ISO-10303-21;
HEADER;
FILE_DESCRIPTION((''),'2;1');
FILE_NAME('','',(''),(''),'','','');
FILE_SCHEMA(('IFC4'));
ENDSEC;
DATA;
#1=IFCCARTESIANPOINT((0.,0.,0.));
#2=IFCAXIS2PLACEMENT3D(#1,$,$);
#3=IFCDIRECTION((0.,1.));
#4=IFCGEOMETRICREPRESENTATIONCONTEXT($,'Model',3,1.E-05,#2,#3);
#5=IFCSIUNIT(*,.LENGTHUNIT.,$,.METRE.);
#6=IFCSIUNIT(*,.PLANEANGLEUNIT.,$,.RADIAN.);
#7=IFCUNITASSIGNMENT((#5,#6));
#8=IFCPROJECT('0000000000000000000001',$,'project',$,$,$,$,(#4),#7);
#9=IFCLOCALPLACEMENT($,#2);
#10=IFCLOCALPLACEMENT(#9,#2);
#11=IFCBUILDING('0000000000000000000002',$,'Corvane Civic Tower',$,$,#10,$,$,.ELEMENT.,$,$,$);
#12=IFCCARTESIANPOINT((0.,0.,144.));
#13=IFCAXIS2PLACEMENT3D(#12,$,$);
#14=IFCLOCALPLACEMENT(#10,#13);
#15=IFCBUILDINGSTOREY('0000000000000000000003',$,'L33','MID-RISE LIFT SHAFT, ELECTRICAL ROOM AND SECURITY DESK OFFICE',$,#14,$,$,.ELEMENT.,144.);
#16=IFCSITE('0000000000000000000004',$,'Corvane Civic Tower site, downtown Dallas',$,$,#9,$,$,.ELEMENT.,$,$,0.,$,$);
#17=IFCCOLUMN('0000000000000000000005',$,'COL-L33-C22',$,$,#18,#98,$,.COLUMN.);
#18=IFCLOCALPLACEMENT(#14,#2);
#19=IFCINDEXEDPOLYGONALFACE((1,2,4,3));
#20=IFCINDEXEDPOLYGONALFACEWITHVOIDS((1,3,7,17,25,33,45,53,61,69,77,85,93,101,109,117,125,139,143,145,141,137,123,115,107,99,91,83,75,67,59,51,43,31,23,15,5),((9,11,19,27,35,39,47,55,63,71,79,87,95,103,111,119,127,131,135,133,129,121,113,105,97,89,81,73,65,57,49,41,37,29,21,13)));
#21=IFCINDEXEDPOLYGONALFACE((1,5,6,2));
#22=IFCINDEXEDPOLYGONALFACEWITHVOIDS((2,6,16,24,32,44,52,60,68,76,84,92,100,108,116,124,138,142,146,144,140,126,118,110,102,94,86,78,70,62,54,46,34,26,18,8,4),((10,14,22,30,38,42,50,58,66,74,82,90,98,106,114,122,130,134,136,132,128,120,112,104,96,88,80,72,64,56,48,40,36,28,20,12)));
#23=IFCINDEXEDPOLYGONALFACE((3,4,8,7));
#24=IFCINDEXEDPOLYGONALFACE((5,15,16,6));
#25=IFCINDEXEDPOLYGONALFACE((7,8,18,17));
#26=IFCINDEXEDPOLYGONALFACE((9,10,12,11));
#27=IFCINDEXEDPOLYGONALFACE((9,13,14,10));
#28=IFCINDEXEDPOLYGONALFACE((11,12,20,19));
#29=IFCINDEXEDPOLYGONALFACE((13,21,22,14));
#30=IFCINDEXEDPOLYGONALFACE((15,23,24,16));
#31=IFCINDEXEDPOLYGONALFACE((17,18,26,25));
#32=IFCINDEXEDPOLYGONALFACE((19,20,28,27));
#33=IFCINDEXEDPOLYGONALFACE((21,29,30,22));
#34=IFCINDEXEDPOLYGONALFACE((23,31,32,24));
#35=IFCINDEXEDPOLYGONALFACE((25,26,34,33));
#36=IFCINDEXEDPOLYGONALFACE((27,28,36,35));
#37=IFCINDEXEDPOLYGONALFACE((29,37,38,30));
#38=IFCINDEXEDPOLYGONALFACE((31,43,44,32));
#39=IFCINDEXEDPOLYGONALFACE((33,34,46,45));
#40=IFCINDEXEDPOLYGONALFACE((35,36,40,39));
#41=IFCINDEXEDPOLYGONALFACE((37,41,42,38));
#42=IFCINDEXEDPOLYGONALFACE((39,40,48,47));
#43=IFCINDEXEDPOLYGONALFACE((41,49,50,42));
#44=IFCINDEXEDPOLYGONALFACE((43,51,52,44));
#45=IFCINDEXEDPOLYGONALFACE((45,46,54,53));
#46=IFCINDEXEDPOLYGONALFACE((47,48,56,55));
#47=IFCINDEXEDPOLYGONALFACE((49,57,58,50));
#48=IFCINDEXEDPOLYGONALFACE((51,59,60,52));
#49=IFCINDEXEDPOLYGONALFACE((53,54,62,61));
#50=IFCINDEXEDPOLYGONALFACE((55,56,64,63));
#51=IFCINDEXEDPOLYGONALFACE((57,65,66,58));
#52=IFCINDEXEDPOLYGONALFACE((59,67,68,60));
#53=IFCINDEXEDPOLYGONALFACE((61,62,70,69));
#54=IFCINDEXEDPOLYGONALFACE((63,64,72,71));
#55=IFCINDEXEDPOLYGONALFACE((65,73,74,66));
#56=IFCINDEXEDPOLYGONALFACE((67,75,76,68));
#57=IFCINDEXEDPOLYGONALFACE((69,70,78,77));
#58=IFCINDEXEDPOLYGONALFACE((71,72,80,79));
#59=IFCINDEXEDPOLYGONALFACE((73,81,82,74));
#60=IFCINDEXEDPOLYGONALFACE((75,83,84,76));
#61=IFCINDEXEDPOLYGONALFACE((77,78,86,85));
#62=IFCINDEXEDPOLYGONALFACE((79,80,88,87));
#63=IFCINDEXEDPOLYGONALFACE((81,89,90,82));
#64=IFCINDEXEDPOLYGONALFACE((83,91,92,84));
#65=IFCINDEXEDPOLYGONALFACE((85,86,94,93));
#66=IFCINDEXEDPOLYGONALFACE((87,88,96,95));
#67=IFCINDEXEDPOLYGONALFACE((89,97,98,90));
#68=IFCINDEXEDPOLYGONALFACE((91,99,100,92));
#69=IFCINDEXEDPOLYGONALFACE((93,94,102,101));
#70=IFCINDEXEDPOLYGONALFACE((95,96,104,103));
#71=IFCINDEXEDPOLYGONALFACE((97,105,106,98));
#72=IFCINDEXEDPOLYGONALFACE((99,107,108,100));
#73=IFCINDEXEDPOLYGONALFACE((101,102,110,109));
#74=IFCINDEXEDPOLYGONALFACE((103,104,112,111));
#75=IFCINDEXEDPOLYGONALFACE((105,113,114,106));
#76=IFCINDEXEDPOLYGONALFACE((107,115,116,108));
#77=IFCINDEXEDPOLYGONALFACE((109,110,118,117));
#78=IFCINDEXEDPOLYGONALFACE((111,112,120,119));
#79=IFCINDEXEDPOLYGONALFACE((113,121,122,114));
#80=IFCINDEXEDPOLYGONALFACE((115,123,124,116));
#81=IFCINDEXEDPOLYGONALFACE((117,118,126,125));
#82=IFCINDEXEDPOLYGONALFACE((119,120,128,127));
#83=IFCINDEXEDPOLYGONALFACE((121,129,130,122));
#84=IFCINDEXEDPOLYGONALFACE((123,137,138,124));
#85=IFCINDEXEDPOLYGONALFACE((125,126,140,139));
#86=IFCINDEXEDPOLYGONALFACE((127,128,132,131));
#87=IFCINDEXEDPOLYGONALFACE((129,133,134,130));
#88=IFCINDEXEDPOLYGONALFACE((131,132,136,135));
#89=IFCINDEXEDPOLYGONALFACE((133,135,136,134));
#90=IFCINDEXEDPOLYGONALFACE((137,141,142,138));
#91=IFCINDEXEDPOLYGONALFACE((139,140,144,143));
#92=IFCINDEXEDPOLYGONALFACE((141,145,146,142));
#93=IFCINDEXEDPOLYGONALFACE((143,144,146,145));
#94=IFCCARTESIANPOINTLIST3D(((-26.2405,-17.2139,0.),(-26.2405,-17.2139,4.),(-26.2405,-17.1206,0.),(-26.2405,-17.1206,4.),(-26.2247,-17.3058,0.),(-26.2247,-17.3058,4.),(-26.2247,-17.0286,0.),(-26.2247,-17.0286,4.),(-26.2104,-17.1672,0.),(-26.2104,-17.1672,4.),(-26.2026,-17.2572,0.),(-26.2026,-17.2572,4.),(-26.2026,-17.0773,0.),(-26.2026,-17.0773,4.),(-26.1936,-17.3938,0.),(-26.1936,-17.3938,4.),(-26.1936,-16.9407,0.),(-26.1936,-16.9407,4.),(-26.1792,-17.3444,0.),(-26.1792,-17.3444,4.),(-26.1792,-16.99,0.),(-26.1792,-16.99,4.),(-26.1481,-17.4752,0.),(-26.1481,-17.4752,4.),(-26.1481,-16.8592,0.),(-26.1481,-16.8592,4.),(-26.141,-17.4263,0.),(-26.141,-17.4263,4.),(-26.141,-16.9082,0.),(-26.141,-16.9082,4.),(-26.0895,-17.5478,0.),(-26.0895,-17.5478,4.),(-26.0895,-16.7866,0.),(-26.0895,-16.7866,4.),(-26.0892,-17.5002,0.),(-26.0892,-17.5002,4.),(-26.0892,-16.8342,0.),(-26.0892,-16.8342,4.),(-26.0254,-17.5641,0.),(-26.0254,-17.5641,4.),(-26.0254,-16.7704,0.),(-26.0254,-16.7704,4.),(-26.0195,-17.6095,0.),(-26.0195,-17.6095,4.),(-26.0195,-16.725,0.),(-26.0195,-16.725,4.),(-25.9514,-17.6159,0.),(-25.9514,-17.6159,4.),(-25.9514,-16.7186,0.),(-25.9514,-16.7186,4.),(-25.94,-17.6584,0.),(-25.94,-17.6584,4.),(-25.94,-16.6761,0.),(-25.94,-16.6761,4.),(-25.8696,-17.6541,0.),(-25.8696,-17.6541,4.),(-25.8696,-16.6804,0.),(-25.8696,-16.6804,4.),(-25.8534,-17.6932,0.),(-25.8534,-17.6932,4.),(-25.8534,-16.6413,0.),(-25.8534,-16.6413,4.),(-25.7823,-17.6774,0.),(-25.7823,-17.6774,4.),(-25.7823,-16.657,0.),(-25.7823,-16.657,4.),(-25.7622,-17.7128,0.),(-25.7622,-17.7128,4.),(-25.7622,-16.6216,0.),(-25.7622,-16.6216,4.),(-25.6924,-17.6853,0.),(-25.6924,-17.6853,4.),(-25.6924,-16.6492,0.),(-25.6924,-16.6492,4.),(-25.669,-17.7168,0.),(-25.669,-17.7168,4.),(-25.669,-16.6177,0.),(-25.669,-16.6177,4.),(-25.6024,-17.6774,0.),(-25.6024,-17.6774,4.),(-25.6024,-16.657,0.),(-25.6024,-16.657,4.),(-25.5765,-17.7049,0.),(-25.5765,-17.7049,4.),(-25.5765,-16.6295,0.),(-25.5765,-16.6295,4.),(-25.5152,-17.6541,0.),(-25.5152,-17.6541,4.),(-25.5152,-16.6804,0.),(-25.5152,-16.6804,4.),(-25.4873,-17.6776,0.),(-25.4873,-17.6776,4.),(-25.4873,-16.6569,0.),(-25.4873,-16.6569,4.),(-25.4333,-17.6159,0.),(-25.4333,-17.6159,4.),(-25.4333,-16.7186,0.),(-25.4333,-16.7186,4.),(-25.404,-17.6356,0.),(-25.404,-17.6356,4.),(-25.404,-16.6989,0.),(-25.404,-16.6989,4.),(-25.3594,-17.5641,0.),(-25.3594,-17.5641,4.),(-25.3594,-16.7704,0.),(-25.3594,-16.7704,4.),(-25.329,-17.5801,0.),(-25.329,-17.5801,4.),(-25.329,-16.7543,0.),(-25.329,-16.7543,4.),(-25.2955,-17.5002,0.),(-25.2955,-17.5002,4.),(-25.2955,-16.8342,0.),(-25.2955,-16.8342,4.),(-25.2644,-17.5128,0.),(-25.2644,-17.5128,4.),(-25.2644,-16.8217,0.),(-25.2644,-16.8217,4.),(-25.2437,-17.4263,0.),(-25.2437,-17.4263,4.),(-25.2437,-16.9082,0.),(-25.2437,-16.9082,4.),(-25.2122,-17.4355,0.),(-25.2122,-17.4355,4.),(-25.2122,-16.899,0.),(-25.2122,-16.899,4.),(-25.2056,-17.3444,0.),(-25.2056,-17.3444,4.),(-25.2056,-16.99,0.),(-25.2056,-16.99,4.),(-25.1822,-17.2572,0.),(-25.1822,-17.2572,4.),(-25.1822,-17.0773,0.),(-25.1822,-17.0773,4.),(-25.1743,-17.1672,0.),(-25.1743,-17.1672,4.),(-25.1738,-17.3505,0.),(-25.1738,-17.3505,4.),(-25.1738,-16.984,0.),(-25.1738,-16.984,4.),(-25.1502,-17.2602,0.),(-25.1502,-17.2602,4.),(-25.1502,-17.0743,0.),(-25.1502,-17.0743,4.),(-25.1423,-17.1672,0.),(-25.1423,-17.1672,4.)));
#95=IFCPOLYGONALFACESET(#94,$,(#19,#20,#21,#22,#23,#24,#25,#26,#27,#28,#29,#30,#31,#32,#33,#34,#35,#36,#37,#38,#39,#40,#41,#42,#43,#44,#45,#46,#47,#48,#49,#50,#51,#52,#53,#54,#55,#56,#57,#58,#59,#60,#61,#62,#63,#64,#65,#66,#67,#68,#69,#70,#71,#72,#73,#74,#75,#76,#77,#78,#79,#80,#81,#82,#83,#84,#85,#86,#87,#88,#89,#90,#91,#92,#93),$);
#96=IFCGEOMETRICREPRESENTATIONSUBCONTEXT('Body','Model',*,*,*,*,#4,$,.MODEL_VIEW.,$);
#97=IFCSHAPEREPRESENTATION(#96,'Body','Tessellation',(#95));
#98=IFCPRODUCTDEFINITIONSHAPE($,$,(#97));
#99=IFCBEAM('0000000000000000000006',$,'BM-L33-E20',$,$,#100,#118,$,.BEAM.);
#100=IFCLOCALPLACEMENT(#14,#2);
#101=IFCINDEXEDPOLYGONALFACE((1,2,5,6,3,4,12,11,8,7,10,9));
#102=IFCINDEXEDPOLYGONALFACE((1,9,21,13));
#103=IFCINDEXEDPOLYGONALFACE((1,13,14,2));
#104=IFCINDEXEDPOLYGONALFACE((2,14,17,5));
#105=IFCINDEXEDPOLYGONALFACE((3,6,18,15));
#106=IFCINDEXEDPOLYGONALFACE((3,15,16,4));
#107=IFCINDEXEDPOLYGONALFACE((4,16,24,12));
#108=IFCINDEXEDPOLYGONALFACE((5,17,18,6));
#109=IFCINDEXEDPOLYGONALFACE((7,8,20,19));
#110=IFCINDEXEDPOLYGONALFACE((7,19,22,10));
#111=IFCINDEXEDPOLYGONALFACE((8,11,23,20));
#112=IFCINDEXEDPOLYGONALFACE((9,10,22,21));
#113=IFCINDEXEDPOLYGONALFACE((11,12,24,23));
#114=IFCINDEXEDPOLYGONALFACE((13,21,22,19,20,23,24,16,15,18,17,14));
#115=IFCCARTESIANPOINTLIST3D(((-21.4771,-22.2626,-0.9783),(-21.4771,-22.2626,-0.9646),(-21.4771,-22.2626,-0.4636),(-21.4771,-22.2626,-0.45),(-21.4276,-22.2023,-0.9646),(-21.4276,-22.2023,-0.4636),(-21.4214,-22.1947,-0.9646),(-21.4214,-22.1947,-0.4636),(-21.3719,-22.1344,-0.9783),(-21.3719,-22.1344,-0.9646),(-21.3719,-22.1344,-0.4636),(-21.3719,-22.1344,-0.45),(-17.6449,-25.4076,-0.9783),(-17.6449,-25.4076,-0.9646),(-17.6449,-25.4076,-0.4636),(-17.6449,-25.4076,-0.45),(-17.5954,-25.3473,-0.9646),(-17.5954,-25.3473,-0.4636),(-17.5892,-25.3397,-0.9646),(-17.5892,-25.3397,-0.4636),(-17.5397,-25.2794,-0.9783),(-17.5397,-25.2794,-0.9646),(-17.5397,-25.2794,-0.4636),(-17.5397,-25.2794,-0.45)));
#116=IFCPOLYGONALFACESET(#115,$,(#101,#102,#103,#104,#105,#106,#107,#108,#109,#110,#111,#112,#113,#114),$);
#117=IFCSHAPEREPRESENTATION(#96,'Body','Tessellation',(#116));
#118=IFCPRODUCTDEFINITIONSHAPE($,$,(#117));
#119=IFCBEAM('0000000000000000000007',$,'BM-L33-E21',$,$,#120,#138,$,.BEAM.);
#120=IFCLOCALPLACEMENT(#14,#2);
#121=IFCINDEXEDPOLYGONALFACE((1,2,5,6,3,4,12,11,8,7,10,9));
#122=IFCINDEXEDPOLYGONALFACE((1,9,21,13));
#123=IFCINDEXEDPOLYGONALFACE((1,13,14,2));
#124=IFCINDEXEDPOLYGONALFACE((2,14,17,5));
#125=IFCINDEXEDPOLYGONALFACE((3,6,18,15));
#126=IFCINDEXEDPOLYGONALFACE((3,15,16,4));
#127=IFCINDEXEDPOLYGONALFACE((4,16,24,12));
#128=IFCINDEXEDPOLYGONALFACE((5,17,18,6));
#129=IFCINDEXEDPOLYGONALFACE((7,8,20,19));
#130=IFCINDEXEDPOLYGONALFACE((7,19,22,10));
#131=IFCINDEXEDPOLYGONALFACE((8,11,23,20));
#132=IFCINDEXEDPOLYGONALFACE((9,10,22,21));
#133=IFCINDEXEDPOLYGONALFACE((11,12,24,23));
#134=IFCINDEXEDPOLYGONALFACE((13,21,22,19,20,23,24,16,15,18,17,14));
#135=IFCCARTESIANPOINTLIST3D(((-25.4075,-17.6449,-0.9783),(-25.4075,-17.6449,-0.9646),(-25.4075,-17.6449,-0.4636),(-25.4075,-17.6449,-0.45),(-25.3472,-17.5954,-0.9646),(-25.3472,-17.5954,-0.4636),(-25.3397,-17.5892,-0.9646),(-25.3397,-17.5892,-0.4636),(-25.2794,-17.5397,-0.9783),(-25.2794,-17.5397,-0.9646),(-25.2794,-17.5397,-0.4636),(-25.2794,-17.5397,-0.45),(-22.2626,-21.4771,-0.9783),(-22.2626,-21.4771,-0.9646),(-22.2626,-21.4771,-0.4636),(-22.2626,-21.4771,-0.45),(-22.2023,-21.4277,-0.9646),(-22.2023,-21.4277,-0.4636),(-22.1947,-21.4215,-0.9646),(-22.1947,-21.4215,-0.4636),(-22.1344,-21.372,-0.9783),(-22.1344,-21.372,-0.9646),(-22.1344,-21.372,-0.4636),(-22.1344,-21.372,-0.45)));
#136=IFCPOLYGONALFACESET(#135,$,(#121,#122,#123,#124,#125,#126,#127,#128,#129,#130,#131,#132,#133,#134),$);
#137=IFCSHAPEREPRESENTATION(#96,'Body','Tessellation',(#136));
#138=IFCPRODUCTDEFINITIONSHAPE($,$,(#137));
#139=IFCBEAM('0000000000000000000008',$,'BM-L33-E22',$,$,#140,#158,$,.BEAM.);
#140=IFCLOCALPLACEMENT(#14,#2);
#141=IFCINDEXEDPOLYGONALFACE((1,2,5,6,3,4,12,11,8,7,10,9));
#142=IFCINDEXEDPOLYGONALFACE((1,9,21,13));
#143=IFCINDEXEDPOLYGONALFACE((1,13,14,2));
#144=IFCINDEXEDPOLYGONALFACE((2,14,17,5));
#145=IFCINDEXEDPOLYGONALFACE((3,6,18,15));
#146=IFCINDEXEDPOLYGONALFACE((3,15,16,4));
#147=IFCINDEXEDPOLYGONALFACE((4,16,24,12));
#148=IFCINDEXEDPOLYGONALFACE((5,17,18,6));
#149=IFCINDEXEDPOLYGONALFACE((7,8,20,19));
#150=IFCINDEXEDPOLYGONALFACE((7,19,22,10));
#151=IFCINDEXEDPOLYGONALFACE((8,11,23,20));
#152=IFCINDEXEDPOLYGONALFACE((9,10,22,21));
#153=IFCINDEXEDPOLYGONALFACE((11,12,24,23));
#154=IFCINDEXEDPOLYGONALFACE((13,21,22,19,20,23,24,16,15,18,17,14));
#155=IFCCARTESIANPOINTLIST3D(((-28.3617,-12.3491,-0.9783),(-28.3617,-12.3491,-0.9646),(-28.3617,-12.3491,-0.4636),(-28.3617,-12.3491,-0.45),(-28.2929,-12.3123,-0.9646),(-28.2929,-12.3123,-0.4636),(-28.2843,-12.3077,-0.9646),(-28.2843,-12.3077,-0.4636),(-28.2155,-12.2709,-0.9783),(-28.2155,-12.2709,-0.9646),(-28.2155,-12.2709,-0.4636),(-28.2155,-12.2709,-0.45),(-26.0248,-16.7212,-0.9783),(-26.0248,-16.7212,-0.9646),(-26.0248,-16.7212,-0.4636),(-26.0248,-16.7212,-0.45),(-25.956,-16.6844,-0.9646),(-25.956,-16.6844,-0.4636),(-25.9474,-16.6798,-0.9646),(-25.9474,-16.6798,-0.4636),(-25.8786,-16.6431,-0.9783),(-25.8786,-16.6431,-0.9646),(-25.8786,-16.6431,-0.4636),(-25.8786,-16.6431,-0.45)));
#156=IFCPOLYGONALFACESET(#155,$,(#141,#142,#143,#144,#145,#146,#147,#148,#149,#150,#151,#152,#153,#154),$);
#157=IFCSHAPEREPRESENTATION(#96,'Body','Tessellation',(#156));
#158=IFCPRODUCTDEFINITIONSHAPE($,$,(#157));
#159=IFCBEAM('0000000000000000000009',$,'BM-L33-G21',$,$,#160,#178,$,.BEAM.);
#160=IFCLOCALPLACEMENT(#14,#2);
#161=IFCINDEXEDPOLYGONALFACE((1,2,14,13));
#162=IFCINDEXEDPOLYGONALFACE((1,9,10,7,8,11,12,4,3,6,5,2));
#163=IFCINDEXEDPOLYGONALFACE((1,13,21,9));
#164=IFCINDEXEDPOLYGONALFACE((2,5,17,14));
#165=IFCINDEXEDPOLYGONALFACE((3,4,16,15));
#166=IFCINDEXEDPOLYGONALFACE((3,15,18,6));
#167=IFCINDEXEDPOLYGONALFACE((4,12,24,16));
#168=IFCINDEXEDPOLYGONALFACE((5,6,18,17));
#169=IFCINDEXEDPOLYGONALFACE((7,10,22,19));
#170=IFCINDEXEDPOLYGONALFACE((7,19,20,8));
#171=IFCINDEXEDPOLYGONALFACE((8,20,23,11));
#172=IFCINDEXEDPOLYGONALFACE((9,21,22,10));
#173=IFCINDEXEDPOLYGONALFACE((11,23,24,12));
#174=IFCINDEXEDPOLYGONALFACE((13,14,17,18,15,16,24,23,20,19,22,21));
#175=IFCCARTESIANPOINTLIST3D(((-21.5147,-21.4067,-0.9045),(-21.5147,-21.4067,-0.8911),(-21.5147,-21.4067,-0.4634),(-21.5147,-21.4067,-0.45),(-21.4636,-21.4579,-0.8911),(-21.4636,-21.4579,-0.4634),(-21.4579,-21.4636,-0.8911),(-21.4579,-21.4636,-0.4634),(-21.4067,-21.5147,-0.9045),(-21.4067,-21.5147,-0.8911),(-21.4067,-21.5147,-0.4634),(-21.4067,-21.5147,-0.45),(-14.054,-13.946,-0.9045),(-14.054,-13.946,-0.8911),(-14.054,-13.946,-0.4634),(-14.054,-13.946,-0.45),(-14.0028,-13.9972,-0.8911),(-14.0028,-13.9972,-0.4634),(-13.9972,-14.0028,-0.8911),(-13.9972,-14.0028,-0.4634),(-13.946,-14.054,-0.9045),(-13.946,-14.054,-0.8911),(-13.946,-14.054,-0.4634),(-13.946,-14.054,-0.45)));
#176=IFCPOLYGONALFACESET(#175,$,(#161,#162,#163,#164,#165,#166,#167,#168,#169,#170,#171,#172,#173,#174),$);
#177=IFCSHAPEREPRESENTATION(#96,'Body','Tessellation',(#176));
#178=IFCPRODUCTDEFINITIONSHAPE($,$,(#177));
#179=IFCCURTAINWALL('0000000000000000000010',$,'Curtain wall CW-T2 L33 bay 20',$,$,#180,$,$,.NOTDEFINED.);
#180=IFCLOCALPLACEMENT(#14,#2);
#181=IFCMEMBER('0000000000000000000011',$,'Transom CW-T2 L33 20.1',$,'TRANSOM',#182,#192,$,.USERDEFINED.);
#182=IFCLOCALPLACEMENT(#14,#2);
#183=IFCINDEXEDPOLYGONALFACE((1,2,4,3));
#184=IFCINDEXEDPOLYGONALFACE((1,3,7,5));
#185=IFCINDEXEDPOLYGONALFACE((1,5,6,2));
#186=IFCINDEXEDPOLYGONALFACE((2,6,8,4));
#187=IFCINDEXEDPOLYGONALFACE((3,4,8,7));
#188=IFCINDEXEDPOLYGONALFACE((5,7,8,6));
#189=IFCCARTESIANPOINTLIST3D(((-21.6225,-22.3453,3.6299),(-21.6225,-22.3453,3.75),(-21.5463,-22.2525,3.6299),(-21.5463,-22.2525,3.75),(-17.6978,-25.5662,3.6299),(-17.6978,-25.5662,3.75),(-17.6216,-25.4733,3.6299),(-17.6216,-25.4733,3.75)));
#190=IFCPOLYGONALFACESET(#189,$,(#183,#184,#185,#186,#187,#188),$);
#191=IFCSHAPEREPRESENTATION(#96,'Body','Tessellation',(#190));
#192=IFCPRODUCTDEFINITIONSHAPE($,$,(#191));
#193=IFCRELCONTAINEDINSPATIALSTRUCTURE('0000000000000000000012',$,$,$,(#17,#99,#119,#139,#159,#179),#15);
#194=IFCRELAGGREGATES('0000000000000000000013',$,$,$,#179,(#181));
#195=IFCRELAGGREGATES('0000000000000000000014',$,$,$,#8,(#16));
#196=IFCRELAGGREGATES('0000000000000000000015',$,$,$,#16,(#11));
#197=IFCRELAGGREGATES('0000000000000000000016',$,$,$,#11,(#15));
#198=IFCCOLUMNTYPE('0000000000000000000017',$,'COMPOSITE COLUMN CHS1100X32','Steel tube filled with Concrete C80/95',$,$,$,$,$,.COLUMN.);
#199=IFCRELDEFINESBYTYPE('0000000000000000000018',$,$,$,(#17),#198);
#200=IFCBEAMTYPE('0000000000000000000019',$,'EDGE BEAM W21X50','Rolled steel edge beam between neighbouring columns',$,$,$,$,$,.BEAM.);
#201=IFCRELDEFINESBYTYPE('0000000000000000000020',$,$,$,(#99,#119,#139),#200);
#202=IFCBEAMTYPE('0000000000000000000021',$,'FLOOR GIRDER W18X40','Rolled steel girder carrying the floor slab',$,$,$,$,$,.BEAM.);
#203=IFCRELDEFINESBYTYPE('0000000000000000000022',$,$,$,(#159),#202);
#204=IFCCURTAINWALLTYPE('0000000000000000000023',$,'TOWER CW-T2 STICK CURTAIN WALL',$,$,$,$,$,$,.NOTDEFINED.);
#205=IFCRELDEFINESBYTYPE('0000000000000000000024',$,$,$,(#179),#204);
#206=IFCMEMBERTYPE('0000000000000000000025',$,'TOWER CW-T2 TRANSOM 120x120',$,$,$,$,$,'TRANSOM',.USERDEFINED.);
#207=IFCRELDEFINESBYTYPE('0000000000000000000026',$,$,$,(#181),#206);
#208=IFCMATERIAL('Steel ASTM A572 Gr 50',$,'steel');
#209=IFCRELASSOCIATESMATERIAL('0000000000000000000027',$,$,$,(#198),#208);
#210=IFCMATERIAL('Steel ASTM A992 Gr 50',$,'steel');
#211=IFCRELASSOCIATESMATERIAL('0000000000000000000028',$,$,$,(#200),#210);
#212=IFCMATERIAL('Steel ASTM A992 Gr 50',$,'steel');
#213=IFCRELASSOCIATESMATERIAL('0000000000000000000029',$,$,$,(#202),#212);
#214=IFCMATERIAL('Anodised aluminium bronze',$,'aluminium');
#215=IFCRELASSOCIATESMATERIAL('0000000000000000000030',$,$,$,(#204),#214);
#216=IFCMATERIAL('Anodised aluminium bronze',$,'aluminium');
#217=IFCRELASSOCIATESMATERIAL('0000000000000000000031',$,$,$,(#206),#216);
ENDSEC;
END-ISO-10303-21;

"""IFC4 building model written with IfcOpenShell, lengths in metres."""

from ifc_helpers import new_model, si_unit, direction, frame, origin, origin_2d, place, context, subcontext, project, spatial, rectangle, hollow_circle, i_section, extrude, material, material_profile, profile_set, type_object, element, aggregate, save


model = new_model("IFC4")

# Units and contexts
model_context = context("Model", 3, precision=1e-05, world=origin(), true_north=direction((0.0, 1.0)))
body_context = subcontext(model_context, "Body", "Model", "MODEL_VIEW")
ifc_project = project(units=[si_unit("LENGTHUNIT", "METRE"), si_unit("PLANEANGLEUNIT", "RADIAN")], contexts=[model_context])

# Site, building, storey
site_placement = place(None, origin())
site = spatial("IfcSite", under=ifc_project, at=site_placement, Name="Corvane Civic Tower site, downtown Dallas", CompositionType="ELEMENT", RefElevation=0.0)
building_placement = place(site_placement, origin())
building = spatial("IfcBuilding", under=site, at=building_placement, Name="Corvane Civic Tower", CompositionType="ELEMENT")
storey_placement = place(building_placement, frame((0.0, 0.0, 144.0)))
storey = spatial("IfcBuildingStorey", under=building, at=storey_placement, Name="L33", Description="MID-RISE LIFT SHAFT, ELECTRICAL ROOM AND SECURITY DESK OFFICE", CompositionType="ELEMENT", Elevation=144.0)

# Column
ifc_material_1 = material(Name="Steel ASTM A572 Gr 50", Category="steel")
ifc_material_profile_1 = material_profile(ifc_material_1, hollow_circle(Radius=0.55, WallThickness=0.032, at=origin_2d()), Name="CHS1100X32")
ifc_profile_set_1 = profile_set([ifc_material_profile_1], Name="Steel ASTM A572 Gr 50")
column_type = type_object("IfcColumnType", Name="COMPOSITE COLUMN CHS1100X32", Description="Steel tube filled with Concrete C80/95", PredefinedType="COLUMN", material=ifc_profile_set_1)
for number, where, z_axis, x_axis, name in (
    (1, (-25.6924, -17.1672, 0.0), (0.0, 0.0, 1.0), (1.0, 0.0, 0.0), "COL-L33-C22"),
):
    element("IfcColumn", number, at=place(storey_placement, frame(where, z_axis=z_axis, x_axis=x_axis)), inside=storey, type_object=column_type, Name=name, PredefinedType="COLUMN", context=body_context, shape_type="SweptSolid", body=[
        extrude(hollow_circle(Radius=0.55, WallThickness=0.032, at=origin_2d()), origin(), (0.0, 0.0, 1.0), 4.0),
    ])

# Beams
ifc_material_2 = material(Name="Steel ASTM A992 Gr 50", Category="steel")
ifc_material_profile_2 = material_profile(ifc_material_2, i_section(OverallWidth=0.1658, OverallDepth=0.5283, WebThickness=0.0098, FlangeThickness=0.0137, at=origin_2d()), Name="W21X50")
ifc_profile_set_2 = profile_set([ifc_material_profile_2], Name="Steel ASTM A992 Gr 50")
beam_type_1 = type_object("IfcBeamType", Name="EDGE BEAM W21X50", Description="Rolled steel edge beam between neighbouring columns", PredefinedType="BEAM", material=ifc_profile_set_2)
for number, where, z_axis, x_axis, name in (
    (2, (-17.5923, -25.3435, -0.7141), (-0.773015, 0.634388, 0.0), (-0.634388, -0.773015, 0.0), "BM-L33-E20"),
    (3, (-22.1985, -21.4246, -0.7141), (-0.634388, 0.773015, 0.0), (-0.773015, -0.634388, 0.0), "BM-L33-E21"),
    (4, (-25.9517, -16.6821, -0.7141), (-0.471396, 0.881922, 0.0), (-0.881922, -0.471396, 0.0), "BM-L33-E22"),
):
    element("IfcBeam", number, at=place(storey_placement, frame(where, z_axis=z_axis, x_axis=x_axis)), inside=storey, type_object=beam_type_1, Name=name, PredefinedType="BEAM", context=body_context, shape_type="SweptSolid", body=[
        extrude(i_section(OverallWidth=0.1658, OverallDepth=0.5283, WebThickness=0.0098, FlangeThickness=0.0137, at=origin_2d()), origin(), (0.0, 0.0, 1.0), 4.9575),
    ])
ifc_material_3 = material(Name="Steel ASTM A992 Gr 50", Category="steel")
ifc_material_profile_3 = material_profile(ifc_material_3, i_section(OverallWidth=0.1528, OverallDepth=0.4546, WebThickness=0.0081, FlangeThickness=0.0134, at=origin_2d()), Name="W18X40")
ifc_profile_set_3 = profile_set([ifc_material_profile_3], Name="Steel ASTM A992 Gr 50")
beam_type_2 = type_object("IfcBeamType", Name="FLOOR GIRDER W18X40", Description="Rolled steel girder carrying the floor slab", PredefinedType="BEAM", material=ifc_profile_set_3)
beam_placement = place(storey_placement, frame((-14.0, -14.0, -0.6772), z_axis=(-0.707107, -0.707107, 0.0), x_axis=(0.707107, -0.707107, 0.0)))
element("IfcBeam", 5, at=beam_placement, inside=storey, type_object=beam_type_2, Name="BM-L33-G21", PredefinedType="BEAM", context=body_context, shape_type="SweptSolid", body=[
    extrude(i_section(OverallWidth=0.1528, OverallDepth=0.4546, WebThickness=0.0081, FlangeThickness=0.0134, at=origin_2d()), origin(), (0.0, 0.0, 1.0), 10.551),
])

# Curtain wall, member
ifc_material_4 = material(Name="Anodised aluminium bronze", Category="aluminium")
curtain_wall_type = type_object("IfcCurtainWallType", Name="TOWER CW-T2 STICK CURTAIN WALL", PredefinedType="NOTDEFINED", material=ifc_material_4)
curtain_wall_1_placement = place(storey_placement, origin())
curtain_wall_1 = element("IfcCurtainWall", 6, at=curtain_wall_1_placement, inside=storey, type_object=curtain_wall_type, Name="Curtain wall CW-T2 L33 bay 20", PredefinedType="NOTDEFINED")
ifc_material_5 = material(Name="Anodised aluminium bronze", Category="aluminium")
ifc_material_profile_4 = material_profile(ifc_material_5, rectangle(XDim=0.1201, YDim=0.1201, at=origin_2d()), Name="TOWER CW-T2 TRANSOM 120x120")
ifc_profile_set_4 = profile_set([ifc_material_profile_4], Name="Anodised aluminium bronze")
member_type = type_object("IfcMemberType", Name="TOWER CW-T2 TRANSOM 120x120", ElementType="TRANSOM", PredefinedType="USERDEFINED", material=ifc_profile_set_4)
member_1_placement = place(storey_placement, frame((-17.6597, -25.5198, 3.6899), z_axis=(-0.773016, 0.634387, 0.0), x_axis=(-0.634387, -0.773016, 0.0)))
member_1 = element("IfcMember", 7, at=member_1_placement, type_object=member_type, Name="Transom CW-T2 L33 20.1", ObjectType="TRANSOM", PredefinedType="USERDEFINED", context=body_context, shape_type="SweptSolid", body=[
    extrude(rectangle(XDim=0.1201, YDim=0.1201, at=origin_2d()), origin(), (0.0, 0.0, 1.0), 5.0771),
])

aggregate(curtain_wall_1, [member_1])

save(model, "model.ifc")
